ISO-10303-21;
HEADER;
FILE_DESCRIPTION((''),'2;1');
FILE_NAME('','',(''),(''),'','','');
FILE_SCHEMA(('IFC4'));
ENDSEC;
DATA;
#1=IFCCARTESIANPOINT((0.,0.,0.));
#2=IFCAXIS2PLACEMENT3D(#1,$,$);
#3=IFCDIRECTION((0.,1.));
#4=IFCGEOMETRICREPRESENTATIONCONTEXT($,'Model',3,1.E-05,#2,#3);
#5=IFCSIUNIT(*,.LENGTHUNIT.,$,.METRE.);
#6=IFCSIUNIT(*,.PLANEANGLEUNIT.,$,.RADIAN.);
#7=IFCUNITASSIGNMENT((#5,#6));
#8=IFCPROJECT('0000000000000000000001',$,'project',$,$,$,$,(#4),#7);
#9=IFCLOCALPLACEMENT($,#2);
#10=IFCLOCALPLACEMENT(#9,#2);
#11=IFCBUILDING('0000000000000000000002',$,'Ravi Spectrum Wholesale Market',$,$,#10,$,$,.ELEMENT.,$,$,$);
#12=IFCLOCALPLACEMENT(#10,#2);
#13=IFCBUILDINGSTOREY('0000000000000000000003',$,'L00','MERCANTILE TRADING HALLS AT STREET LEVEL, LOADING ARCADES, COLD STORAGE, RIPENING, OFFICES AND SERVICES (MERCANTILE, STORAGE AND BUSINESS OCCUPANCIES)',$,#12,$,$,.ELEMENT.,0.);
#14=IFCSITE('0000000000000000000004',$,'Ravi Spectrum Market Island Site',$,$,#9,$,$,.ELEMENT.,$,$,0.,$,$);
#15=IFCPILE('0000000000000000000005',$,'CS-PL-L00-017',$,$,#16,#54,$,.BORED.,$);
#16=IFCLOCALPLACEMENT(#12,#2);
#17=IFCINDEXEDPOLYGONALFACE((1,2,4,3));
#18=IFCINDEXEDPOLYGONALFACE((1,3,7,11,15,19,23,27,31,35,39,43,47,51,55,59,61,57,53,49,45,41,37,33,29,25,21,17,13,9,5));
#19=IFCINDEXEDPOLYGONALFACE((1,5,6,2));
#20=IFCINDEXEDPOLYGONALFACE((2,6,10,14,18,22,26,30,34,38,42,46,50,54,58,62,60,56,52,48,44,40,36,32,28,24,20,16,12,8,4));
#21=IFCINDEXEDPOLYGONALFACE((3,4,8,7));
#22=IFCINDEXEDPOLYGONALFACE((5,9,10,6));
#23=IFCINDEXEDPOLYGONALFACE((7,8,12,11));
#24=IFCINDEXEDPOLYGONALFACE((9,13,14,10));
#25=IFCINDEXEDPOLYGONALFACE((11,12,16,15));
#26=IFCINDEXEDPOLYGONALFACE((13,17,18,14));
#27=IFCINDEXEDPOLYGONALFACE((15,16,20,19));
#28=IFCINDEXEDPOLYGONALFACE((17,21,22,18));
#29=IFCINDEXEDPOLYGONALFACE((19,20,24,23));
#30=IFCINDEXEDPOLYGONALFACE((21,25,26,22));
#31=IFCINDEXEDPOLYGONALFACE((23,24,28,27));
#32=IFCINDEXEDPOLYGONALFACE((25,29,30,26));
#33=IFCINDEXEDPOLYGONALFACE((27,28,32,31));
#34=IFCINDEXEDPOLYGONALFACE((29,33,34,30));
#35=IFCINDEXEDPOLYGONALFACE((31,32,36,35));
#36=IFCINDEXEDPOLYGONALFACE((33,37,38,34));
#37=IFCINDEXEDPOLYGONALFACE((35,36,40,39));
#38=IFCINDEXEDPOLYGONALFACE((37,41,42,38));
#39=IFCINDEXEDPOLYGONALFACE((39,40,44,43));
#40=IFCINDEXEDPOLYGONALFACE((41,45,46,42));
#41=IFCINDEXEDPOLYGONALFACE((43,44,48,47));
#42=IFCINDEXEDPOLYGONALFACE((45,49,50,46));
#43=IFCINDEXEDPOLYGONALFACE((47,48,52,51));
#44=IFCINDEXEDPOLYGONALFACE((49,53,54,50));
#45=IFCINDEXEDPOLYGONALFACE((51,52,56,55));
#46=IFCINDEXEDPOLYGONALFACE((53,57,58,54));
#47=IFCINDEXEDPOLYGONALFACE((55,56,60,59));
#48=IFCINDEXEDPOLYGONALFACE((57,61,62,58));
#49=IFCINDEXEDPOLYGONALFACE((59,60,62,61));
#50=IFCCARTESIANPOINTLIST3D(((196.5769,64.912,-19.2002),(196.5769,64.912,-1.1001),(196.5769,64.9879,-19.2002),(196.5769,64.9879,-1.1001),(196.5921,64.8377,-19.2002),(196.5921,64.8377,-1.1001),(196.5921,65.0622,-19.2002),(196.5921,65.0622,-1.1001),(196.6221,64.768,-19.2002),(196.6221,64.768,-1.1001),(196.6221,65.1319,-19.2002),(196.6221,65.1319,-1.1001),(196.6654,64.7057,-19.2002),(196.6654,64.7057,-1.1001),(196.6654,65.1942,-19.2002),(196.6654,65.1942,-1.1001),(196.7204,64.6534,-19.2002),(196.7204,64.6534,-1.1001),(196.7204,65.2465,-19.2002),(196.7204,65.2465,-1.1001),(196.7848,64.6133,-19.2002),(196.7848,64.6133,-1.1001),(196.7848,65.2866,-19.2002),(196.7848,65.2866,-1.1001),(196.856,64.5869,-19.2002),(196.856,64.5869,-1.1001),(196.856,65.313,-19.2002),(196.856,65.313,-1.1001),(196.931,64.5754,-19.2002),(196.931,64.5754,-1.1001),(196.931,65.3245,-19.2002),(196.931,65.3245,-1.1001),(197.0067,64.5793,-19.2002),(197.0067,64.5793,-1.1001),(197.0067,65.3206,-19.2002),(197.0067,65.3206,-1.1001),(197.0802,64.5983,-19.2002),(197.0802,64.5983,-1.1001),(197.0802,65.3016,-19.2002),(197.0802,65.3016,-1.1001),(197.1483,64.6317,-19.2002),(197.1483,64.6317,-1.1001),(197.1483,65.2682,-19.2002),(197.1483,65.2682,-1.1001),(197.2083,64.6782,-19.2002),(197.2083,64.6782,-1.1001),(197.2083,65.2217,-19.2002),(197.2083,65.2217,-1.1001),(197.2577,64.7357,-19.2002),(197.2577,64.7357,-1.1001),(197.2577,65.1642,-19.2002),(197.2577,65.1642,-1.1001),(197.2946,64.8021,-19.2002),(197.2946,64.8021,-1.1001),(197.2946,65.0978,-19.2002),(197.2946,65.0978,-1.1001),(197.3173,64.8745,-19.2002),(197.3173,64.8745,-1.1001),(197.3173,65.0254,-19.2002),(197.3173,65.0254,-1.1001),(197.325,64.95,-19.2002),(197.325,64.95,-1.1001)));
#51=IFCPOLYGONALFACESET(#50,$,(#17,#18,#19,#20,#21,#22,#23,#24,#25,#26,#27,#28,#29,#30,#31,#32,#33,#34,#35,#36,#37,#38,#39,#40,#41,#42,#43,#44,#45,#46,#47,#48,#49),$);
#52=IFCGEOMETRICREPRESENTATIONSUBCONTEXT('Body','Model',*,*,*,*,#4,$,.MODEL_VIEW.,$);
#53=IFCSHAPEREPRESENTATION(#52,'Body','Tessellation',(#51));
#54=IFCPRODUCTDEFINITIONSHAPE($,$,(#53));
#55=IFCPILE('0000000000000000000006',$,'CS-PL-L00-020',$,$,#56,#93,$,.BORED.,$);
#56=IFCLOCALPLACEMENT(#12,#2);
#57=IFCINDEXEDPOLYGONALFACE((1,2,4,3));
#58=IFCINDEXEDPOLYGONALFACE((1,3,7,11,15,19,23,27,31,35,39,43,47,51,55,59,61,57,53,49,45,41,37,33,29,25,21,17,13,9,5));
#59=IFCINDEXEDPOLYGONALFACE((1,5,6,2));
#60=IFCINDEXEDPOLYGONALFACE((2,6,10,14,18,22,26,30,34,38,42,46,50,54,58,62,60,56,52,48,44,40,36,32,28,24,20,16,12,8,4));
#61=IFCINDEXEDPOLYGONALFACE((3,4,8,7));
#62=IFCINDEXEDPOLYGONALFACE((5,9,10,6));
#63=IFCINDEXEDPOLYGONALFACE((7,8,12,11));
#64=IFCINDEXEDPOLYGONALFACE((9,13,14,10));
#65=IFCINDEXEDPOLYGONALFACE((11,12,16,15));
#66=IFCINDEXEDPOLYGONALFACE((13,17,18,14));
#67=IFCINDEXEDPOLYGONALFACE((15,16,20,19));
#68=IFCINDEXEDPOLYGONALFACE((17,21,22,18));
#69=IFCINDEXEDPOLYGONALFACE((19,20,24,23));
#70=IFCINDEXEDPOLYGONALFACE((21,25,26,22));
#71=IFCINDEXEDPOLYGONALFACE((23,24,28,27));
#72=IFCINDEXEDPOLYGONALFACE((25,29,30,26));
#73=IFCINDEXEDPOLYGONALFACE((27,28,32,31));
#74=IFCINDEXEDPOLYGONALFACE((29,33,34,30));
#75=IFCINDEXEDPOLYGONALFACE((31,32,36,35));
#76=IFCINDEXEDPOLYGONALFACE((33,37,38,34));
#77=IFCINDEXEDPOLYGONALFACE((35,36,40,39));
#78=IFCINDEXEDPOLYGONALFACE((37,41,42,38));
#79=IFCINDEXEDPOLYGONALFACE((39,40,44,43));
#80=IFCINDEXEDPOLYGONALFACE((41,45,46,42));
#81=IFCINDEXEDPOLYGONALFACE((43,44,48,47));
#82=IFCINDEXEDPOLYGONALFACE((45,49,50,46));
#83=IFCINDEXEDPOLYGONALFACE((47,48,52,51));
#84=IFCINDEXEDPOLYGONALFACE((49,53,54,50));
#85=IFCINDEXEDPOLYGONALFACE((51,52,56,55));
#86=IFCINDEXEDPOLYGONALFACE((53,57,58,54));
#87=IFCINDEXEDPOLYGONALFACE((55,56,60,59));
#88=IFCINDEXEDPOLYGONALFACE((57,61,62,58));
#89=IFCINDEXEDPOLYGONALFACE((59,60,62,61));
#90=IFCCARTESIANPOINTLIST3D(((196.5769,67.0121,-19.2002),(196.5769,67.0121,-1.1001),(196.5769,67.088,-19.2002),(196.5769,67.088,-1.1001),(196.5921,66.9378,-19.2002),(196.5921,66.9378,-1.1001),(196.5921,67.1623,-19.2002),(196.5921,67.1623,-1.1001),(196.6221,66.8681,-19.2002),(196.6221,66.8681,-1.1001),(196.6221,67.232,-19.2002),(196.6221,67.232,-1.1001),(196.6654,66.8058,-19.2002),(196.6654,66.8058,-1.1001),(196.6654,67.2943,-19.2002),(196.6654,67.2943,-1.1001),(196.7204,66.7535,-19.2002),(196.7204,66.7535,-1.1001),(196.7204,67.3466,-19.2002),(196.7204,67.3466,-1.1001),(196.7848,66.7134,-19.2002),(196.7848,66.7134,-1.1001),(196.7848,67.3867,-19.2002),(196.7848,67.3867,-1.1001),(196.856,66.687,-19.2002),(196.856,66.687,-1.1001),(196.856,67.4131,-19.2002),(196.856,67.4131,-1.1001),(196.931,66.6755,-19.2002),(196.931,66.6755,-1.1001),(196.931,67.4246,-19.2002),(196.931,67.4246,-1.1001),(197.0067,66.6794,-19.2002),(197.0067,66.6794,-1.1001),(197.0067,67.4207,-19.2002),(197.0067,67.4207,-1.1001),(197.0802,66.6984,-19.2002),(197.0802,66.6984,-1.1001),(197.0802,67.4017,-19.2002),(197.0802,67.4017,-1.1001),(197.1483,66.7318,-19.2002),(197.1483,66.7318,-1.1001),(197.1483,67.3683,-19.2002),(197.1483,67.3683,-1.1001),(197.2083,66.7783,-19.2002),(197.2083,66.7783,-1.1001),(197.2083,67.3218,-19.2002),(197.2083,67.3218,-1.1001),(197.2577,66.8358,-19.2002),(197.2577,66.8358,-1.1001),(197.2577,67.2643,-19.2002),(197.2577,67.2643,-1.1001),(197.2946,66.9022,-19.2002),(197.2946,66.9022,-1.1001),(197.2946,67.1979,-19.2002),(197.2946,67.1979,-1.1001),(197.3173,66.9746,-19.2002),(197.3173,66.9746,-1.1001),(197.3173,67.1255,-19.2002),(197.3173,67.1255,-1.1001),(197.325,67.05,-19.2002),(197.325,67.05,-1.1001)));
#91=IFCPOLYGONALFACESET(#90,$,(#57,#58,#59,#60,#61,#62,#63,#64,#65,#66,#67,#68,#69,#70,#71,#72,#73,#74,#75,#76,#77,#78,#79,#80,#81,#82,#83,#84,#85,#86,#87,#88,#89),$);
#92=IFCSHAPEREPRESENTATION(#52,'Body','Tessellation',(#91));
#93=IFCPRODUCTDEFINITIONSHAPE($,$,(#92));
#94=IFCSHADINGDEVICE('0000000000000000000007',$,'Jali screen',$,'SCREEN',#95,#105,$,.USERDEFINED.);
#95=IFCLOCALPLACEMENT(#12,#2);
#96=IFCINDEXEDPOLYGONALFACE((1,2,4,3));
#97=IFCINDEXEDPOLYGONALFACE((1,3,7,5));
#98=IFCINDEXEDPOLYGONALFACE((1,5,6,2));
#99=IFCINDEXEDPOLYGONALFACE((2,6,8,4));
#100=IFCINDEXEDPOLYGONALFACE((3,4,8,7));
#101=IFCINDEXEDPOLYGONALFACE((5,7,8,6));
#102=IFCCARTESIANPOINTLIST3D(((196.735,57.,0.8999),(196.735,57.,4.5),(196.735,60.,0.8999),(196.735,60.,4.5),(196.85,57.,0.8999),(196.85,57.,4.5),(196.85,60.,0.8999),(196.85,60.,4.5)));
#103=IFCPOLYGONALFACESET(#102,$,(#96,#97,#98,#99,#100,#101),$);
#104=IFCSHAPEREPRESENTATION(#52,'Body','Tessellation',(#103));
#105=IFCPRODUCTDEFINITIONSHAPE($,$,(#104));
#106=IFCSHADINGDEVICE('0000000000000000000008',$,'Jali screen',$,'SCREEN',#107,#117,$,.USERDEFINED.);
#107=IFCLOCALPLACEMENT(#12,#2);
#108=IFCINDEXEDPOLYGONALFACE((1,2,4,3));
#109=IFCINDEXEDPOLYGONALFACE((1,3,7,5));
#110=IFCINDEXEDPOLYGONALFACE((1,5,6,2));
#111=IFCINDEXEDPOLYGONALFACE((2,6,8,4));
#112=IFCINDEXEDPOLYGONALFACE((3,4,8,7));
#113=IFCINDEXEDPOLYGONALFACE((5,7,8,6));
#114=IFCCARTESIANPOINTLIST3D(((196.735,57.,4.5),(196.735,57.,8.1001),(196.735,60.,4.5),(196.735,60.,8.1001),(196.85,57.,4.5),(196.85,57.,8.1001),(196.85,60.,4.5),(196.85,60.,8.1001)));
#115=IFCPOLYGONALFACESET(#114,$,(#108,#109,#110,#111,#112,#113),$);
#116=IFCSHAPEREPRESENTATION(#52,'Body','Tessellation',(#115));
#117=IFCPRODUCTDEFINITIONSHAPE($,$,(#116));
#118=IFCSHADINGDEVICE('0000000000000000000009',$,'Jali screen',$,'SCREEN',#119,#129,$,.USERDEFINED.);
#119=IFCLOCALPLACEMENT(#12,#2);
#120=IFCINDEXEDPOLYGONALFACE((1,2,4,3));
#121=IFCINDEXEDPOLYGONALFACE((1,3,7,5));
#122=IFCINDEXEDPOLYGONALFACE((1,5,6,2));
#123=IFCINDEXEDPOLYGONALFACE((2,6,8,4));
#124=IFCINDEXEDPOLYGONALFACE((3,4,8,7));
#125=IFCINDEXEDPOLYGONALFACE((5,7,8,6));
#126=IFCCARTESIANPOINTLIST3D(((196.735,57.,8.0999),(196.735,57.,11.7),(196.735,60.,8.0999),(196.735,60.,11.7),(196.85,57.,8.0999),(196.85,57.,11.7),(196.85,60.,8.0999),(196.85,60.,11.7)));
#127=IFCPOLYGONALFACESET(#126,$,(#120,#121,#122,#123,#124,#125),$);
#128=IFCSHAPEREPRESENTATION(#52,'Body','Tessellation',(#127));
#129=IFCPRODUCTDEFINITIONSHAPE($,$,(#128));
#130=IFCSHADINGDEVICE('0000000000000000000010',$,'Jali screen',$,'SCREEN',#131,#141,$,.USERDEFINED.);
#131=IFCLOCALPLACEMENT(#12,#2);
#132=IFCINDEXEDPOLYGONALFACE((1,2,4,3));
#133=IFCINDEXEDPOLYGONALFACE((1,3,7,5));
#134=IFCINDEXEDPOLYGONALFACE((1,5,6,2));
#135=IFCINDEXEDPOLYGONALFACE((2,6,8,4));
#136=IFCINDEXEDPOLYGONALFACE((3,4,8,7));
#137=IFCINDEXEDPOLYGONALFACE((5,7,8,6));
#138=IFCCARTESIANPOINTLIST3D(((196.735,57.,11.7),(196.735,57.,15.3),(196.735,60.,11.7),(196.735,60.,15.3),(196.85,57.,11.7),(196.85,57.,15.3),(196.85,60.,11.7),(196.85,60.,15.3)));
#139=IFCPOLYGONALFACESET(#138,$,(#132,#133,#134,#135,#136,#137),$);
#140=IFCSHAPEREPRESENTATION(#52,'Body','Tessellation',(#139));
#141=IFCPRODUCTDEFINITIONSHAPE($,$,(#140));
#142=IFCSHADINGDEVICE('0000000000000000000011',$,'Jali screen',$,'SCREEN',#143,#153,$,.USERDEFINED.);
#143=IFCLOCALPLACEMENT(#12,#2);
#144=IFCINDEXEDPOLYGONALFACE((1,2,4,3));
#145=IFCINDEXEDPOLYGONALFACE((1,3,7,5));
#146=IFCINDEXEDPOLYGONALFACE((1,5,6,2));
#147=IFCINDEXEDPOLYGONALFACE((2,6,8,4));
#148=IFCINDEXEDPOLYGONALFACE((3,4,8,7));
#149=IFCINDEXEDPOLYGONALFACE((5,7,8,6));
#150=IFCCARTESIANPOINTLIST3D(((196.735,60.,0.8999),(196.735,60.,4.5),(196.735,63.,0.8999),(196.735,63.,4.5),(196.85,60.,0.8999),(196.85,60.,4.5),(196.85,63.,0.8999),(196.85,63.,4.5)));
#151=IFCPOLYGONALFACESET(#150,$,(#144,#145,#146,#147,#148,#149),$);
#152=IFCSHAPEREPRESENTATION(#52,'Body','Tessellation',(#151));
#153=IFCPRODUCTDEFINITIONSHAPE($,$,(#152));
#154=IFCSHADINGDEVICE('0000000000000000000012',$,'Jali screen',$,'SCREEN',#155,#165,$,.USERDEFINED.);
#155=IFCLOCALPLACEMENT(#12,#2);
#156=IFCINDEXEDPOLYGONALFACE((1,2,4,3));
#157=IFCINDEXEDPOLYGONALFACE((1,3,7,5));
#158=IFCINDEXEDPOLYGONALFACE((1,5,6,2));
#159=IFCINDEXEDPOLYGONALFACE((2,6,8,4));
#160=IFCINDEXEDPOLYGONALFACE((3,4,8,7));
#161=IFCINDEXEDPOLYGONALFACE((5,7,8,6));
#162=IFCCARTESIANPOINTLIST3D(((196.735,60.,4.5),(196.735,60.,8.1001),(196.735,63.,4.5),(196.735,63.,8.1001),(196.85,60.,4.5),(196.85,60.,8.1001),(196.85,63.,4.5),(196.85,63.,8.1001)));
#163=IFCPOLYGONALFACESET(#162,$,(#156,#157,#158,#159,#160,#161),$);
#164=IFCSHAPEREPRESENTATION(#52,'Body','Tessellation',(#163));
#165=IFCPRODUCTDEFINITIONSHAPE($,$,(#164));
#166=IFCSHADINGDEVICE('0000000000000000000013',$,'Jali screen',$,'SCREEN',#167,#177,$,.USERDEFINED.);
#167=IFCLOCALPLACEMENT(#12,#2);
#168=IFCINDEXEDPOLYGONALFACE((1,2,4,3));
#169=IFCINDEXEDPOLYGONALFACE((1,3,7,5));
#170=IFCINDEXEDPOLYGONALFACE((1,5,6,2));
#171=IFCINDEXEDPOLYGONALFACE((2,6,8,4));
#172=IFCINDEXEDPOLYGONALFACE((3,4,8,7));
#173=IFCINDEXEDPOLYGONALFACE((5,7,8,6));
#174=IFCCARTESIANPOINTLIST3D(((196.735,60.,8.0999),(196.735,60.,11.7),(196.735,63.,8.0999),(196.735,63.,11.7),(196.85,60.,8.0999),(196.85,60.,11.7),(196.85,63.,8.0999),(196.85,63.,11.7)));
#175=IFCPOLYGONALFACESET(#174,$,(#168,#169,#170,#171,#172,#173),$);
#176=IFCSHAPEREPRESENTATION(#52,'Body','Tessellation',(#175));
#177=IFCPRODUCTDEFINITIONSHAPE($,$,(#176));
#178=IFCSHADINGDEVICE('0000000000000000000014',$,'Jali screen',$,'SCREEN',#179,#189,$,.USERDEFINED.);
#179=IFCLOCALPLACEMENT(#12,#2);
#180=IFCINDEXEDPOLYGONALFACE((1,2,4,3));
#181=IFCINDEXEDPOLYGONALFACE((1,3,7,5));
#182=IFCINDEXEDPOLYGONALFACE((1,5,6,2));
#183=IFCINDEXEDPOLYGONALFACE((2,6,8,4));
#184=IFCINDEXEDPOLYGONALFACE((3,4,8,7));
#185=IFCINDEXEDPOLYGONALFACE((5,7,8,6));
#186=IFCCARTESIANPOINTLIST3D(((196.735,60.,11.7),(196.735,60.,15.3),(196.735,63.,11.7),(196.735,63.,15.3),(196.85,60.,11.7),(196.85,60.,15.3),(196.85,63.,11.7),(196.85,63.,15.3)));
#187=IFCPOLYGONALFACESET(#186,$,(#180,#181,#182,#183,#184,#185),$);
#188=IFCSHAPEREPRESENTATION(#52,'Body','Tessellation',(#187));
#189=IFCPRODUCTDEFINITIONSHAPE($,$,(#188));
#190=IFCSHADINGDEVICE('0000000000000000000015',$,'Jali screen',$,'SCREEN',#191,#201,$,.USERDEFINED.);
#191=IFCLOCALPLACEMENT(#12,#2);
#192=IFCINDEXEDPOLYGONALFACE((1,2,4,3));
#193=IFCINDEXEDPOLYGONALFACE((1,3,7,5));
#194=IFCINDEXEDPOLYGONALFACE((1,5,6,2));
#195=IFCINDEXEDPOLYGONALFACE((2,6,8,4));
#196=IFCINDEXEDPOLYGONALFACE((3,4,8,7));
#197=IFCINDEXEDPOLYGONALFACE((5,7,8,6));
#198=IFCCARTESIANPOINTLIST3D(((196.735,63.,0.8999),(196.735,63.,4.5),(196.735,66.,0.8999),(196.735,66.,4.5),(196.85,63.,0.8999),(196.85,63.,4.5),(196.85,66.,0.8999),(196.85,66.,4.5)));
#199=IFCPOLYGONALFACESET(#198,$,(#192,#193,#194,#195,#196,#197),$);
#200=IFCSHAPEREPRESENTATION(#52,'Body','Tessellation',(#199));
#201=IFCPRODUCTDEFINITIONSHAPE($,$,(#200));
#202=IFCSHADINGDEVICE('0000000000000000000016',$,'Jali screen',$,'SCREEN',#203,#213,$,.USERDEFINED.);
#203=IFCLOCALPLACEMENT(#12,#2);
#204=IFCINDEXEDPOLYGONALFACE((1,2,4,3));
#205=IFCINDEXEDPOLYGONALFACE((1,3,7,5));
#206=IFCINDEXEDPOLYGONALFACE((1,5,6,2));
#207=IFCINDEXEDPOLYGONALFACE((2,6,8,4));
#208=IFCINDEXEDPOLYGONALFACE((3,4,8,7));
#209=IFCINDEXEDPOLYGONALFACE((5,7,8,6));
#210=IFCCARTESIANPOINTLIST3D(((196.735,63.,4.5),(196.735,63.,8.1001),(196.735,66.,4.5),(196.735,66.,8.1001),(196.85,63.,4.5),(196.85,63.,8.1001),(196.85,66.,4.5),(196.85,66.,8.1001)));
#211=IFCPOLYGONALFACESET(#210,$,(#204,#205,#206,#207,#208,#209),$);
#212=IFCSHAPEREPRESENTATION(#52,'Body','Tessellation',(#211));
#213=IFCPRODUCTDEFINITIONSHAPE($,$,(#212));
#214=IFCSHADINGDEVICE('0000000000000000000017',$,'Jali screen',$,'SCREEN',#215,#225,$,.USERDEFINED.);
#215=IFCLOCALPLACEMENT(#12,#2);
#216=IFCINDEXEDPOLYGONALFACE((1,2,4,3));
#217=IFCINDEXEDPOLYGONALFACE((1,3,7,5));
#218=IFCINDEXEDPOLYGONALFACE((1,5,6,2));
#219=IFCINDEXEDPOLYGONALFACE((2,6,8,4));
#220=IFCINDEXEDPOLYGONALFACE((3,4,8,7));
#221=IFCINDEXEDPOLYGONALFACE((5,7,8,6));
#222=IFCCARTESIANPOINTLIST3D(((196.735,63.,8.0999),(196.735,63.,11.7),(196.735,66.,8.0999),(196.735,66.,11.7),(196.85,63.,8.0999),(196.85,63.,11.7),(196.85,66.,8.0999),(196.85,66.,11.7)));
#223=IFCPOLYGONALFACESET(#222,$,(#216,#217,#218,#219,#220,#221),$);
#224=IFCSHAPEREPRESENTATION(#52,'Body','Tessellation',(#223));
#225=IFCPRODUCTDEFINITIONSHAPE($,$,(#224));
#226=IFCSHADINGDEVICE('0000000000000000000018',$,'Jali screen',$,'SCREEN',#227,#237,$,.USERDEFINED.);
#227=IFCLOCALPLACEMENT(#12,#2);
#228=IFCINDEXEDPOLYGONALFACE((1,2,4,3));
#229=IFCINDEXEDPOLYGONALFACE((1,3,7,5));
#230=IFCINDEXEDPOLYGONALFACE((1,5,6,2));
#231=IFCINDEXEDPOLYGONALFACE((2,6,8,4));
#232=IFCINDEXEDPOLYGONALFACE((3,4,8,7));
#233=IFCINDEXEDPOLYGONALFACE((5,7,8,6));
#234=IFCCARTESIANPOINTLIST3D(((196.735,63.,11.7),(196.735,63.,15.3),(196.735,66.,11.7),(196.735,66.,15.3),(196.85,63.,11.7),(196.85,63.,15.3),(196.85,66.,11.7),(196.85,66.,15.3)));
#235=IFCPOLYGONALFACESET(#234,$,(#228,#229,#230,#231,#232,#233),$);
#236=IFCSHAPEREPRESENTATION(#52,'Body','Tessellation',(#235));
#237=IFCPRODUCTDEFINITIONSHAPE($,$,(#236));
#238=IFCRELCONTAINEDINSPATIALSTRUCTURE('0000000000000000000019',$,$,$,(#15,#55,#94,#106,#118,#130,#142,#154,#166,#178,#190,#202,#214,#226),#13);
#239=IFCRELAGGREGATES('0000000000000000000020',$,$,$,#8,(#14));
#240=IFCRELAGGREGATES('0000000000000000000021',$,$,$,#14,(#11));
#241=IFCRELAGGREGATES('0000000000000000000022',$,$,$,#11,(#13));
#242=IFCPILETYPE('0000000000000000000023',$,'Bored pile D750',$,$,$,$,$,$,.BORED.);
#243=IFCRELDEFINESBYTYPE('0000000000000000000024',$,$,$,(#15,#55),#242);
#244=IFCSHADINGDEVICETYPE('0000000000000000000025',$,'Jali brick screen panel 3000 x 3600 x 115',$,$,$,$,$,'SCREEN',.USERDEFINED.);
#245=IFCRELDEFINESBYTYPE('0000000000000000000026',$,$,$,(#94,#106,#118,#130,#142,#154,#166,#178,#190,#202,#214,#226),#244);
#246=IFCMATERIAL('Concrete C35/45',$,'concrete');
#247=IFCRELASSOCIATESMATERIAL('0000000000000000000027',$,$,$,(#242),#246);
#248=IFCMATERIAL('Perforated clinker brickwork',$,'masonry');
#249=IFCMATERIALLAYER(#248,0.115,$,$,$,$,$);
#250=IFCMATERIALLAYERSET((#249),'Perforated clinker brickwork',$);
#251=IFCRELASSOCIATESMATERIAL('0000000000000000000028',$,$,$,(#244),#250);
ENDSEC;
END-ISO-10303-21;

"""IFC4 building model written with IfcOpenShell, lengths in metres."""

from ifc_helpers import new_model, si_unit, direction, frame, origin, origin_2d, place, context, subcontext, project, spatial, rectangle, circle, extrude, material, layer, layer_set, material_profile, profile_set, type_object, element, save


model = new_model("IFC4")

# Units and contexts
model_context = context("Model", 3, precision=1e-05, world=origin(), true_north=direction((0.0, 1.0)))
body_context = subcontext(model_context, "Body", "Model", "MODEL_VIEW")
ifc_project = project(units=[si_unit("LENGTHUNIT", "METRE"), si_unit("PLANEANGLEUNIT", "RADIAN")], contexts=[model_context])

# Site, building, storey
site_placement = place(None, origin())
site = spatial("IfcSite", under=ifc_project, at=site_placement, Name="Ravi Spectrum Market Island Site", CompositionType="ELEMENT", RefElevation=0.0)
building_placement = place(site_placement, origin())
building = spatial("IfcBuilding", under=site, at=building_placement, Name="Ravi Spectrum Wholesale Market", CompositionType="ELEMENT")
storey_placement = place(building_placement, origin())
storey = spatial("IfcBuildingStorey", under=building, at=storey_placement, Name="L00", Description="MERCANTILE TRADING HALLS AT STREET LEVEL, LOADING ARCADES, COLD STORAGE, RIPENING, OFFICES AND SERVICES (MERCANTILE, STORAGE AND BUSINESS OCCUPANCIES)", CompositionType="ELEMENT", Elevation=0.0)

# Piles
ifc_material_1 = material(Name="Concrete C35/45", Category="concrete")
ifc_material_profile = material_profile(ifc_material_1, circle(Radius=0.375, at=origin_2d()))
ifc_profile_set = profile_set([ifc_material_profile], Name="Concrete C35/45")
pile_type = type_object("IfcPileType", Name="Bored pile D750", PredefinedType="BORED", material=ifc_profile_set)
for number, where, z_axis, x_axis, name in (
    (1, (196.95, 64.95, -1.1001), (0.0, 0.0, -1.0), (1.0, 0.0, 0.0), "CS-PL-L00-017"),
    (2, (196.95, 67.05, -1.1001), (0.0, 0.0, -1.0), (1.0, 0.0, 0.0), "CS-PL-L00-020"),
):
    element("IfcPile", number, at=place(storey_placement, frame(where, z_axis=z_axis, x_axis=x_axis)), inside=storey, type_object=pile_type, Name=name, PredefinedType="BORED", context=body_context, shape_type="SweptSolid", body=[
        extrude(circle(Radius=0.375, at=origin_2d()), origin(), (0.0, 0.0, 1.0), 18.1001),
    ])

# Shading devices
ifc_material_2 = material(Name="Perforated clinker brickwork", Category="masonry")
ifc_layer = layer(ifc_material_2, 0.115)
ifc_layer_set = layer_set([ifc_layer], Name="Perforated clinker brickwork")
shading_device_type = type_object("IfcShadingDeviceType", Name="Jali brick screen panel 3000 x 3600 x 115", ElementType="SCREEN", PredefinedType="USERDEFINED", material=ifc_layer_set)
for number, where, z_axis, x_axis, name in (
    (3, (196.7925, 58.5, 0.8999), (0.0, 0.0, 1.0), (1.0, 0.0, 0.0), "Jali screen"),
    (4, (196.7925, 58.5, 4.5), (0.0, 0.0, 1.0), (1.0, 0.0, 0.0), "Jali screen"),
    (5, (196.7925, 58.5, 8.0999), (0.0, 0.0, 1.0), (1.0, 0.0, 0.0), "Jali screen"),
    (6, (196.7925, 58.5, 11.7), (0.0, 0.0, 1.0), (1.0, 0.0, 0.0), "Jali screen"),
    (7, (196.7925, 61.5, 0.8999), (0.0, 0.0, 1.0), (1.0, 0.0, 0.0), "Jali screen"),
    (8, (196.7925, 61.5, 4.5), (0.0, 0.0, 1.0), (1.0, 0.0, 0.0), "Jali screen"),
    (9, (196.7925, 61.5, 8.0999), (0.0, 0.0, 1.0), (1.0, 0.0, 0.0), "Jali screen"),
    (10, (196.7925, 61.5, 11.7), (0.0, 0.0, 1.0), (1.0, 0.0, 0.0), "Jali screen"),
    (11, (196.7925, 64.5, 0.8999), (0.0, 0.0, 1.0), (1.0, 0.0, 0.0), "Jali screen"),
    (12, (196.7925, 64.5, 4.5), (0.0, 0.0, 1.0), (1.0, 0.0, 0.0), "Jali screen"),
    (13, (196.7925, 64.5, 8.0999), (0.0, 0.0, 1.0), (1.0, 0.0, 0.0), "Jali screen"),
    (14, (196.7925, 64.5, 11.7), (0.0, 0.0, 1.0), (1.0, 0.0, 0.0), "Jali screen"),
):
    element("IfcShadingDevice", number, at=place(storey_placement, frame(where, z_axis=z_axis, x_axis=x_axis)), inside=storey, type_object=shading_device_type, Name=name, ObjectType="SCREEN", PredefinedType="USERDEFINED", context=body_context, shape_type="SweptSolid", body=[
        extrude(rectangle(XDim=0.115, YDim=3.0, at=origin_2d()), origin(), (0.0, 0.0, 1.0), 3.6001),
    ])

save(model, "model.ifc")
